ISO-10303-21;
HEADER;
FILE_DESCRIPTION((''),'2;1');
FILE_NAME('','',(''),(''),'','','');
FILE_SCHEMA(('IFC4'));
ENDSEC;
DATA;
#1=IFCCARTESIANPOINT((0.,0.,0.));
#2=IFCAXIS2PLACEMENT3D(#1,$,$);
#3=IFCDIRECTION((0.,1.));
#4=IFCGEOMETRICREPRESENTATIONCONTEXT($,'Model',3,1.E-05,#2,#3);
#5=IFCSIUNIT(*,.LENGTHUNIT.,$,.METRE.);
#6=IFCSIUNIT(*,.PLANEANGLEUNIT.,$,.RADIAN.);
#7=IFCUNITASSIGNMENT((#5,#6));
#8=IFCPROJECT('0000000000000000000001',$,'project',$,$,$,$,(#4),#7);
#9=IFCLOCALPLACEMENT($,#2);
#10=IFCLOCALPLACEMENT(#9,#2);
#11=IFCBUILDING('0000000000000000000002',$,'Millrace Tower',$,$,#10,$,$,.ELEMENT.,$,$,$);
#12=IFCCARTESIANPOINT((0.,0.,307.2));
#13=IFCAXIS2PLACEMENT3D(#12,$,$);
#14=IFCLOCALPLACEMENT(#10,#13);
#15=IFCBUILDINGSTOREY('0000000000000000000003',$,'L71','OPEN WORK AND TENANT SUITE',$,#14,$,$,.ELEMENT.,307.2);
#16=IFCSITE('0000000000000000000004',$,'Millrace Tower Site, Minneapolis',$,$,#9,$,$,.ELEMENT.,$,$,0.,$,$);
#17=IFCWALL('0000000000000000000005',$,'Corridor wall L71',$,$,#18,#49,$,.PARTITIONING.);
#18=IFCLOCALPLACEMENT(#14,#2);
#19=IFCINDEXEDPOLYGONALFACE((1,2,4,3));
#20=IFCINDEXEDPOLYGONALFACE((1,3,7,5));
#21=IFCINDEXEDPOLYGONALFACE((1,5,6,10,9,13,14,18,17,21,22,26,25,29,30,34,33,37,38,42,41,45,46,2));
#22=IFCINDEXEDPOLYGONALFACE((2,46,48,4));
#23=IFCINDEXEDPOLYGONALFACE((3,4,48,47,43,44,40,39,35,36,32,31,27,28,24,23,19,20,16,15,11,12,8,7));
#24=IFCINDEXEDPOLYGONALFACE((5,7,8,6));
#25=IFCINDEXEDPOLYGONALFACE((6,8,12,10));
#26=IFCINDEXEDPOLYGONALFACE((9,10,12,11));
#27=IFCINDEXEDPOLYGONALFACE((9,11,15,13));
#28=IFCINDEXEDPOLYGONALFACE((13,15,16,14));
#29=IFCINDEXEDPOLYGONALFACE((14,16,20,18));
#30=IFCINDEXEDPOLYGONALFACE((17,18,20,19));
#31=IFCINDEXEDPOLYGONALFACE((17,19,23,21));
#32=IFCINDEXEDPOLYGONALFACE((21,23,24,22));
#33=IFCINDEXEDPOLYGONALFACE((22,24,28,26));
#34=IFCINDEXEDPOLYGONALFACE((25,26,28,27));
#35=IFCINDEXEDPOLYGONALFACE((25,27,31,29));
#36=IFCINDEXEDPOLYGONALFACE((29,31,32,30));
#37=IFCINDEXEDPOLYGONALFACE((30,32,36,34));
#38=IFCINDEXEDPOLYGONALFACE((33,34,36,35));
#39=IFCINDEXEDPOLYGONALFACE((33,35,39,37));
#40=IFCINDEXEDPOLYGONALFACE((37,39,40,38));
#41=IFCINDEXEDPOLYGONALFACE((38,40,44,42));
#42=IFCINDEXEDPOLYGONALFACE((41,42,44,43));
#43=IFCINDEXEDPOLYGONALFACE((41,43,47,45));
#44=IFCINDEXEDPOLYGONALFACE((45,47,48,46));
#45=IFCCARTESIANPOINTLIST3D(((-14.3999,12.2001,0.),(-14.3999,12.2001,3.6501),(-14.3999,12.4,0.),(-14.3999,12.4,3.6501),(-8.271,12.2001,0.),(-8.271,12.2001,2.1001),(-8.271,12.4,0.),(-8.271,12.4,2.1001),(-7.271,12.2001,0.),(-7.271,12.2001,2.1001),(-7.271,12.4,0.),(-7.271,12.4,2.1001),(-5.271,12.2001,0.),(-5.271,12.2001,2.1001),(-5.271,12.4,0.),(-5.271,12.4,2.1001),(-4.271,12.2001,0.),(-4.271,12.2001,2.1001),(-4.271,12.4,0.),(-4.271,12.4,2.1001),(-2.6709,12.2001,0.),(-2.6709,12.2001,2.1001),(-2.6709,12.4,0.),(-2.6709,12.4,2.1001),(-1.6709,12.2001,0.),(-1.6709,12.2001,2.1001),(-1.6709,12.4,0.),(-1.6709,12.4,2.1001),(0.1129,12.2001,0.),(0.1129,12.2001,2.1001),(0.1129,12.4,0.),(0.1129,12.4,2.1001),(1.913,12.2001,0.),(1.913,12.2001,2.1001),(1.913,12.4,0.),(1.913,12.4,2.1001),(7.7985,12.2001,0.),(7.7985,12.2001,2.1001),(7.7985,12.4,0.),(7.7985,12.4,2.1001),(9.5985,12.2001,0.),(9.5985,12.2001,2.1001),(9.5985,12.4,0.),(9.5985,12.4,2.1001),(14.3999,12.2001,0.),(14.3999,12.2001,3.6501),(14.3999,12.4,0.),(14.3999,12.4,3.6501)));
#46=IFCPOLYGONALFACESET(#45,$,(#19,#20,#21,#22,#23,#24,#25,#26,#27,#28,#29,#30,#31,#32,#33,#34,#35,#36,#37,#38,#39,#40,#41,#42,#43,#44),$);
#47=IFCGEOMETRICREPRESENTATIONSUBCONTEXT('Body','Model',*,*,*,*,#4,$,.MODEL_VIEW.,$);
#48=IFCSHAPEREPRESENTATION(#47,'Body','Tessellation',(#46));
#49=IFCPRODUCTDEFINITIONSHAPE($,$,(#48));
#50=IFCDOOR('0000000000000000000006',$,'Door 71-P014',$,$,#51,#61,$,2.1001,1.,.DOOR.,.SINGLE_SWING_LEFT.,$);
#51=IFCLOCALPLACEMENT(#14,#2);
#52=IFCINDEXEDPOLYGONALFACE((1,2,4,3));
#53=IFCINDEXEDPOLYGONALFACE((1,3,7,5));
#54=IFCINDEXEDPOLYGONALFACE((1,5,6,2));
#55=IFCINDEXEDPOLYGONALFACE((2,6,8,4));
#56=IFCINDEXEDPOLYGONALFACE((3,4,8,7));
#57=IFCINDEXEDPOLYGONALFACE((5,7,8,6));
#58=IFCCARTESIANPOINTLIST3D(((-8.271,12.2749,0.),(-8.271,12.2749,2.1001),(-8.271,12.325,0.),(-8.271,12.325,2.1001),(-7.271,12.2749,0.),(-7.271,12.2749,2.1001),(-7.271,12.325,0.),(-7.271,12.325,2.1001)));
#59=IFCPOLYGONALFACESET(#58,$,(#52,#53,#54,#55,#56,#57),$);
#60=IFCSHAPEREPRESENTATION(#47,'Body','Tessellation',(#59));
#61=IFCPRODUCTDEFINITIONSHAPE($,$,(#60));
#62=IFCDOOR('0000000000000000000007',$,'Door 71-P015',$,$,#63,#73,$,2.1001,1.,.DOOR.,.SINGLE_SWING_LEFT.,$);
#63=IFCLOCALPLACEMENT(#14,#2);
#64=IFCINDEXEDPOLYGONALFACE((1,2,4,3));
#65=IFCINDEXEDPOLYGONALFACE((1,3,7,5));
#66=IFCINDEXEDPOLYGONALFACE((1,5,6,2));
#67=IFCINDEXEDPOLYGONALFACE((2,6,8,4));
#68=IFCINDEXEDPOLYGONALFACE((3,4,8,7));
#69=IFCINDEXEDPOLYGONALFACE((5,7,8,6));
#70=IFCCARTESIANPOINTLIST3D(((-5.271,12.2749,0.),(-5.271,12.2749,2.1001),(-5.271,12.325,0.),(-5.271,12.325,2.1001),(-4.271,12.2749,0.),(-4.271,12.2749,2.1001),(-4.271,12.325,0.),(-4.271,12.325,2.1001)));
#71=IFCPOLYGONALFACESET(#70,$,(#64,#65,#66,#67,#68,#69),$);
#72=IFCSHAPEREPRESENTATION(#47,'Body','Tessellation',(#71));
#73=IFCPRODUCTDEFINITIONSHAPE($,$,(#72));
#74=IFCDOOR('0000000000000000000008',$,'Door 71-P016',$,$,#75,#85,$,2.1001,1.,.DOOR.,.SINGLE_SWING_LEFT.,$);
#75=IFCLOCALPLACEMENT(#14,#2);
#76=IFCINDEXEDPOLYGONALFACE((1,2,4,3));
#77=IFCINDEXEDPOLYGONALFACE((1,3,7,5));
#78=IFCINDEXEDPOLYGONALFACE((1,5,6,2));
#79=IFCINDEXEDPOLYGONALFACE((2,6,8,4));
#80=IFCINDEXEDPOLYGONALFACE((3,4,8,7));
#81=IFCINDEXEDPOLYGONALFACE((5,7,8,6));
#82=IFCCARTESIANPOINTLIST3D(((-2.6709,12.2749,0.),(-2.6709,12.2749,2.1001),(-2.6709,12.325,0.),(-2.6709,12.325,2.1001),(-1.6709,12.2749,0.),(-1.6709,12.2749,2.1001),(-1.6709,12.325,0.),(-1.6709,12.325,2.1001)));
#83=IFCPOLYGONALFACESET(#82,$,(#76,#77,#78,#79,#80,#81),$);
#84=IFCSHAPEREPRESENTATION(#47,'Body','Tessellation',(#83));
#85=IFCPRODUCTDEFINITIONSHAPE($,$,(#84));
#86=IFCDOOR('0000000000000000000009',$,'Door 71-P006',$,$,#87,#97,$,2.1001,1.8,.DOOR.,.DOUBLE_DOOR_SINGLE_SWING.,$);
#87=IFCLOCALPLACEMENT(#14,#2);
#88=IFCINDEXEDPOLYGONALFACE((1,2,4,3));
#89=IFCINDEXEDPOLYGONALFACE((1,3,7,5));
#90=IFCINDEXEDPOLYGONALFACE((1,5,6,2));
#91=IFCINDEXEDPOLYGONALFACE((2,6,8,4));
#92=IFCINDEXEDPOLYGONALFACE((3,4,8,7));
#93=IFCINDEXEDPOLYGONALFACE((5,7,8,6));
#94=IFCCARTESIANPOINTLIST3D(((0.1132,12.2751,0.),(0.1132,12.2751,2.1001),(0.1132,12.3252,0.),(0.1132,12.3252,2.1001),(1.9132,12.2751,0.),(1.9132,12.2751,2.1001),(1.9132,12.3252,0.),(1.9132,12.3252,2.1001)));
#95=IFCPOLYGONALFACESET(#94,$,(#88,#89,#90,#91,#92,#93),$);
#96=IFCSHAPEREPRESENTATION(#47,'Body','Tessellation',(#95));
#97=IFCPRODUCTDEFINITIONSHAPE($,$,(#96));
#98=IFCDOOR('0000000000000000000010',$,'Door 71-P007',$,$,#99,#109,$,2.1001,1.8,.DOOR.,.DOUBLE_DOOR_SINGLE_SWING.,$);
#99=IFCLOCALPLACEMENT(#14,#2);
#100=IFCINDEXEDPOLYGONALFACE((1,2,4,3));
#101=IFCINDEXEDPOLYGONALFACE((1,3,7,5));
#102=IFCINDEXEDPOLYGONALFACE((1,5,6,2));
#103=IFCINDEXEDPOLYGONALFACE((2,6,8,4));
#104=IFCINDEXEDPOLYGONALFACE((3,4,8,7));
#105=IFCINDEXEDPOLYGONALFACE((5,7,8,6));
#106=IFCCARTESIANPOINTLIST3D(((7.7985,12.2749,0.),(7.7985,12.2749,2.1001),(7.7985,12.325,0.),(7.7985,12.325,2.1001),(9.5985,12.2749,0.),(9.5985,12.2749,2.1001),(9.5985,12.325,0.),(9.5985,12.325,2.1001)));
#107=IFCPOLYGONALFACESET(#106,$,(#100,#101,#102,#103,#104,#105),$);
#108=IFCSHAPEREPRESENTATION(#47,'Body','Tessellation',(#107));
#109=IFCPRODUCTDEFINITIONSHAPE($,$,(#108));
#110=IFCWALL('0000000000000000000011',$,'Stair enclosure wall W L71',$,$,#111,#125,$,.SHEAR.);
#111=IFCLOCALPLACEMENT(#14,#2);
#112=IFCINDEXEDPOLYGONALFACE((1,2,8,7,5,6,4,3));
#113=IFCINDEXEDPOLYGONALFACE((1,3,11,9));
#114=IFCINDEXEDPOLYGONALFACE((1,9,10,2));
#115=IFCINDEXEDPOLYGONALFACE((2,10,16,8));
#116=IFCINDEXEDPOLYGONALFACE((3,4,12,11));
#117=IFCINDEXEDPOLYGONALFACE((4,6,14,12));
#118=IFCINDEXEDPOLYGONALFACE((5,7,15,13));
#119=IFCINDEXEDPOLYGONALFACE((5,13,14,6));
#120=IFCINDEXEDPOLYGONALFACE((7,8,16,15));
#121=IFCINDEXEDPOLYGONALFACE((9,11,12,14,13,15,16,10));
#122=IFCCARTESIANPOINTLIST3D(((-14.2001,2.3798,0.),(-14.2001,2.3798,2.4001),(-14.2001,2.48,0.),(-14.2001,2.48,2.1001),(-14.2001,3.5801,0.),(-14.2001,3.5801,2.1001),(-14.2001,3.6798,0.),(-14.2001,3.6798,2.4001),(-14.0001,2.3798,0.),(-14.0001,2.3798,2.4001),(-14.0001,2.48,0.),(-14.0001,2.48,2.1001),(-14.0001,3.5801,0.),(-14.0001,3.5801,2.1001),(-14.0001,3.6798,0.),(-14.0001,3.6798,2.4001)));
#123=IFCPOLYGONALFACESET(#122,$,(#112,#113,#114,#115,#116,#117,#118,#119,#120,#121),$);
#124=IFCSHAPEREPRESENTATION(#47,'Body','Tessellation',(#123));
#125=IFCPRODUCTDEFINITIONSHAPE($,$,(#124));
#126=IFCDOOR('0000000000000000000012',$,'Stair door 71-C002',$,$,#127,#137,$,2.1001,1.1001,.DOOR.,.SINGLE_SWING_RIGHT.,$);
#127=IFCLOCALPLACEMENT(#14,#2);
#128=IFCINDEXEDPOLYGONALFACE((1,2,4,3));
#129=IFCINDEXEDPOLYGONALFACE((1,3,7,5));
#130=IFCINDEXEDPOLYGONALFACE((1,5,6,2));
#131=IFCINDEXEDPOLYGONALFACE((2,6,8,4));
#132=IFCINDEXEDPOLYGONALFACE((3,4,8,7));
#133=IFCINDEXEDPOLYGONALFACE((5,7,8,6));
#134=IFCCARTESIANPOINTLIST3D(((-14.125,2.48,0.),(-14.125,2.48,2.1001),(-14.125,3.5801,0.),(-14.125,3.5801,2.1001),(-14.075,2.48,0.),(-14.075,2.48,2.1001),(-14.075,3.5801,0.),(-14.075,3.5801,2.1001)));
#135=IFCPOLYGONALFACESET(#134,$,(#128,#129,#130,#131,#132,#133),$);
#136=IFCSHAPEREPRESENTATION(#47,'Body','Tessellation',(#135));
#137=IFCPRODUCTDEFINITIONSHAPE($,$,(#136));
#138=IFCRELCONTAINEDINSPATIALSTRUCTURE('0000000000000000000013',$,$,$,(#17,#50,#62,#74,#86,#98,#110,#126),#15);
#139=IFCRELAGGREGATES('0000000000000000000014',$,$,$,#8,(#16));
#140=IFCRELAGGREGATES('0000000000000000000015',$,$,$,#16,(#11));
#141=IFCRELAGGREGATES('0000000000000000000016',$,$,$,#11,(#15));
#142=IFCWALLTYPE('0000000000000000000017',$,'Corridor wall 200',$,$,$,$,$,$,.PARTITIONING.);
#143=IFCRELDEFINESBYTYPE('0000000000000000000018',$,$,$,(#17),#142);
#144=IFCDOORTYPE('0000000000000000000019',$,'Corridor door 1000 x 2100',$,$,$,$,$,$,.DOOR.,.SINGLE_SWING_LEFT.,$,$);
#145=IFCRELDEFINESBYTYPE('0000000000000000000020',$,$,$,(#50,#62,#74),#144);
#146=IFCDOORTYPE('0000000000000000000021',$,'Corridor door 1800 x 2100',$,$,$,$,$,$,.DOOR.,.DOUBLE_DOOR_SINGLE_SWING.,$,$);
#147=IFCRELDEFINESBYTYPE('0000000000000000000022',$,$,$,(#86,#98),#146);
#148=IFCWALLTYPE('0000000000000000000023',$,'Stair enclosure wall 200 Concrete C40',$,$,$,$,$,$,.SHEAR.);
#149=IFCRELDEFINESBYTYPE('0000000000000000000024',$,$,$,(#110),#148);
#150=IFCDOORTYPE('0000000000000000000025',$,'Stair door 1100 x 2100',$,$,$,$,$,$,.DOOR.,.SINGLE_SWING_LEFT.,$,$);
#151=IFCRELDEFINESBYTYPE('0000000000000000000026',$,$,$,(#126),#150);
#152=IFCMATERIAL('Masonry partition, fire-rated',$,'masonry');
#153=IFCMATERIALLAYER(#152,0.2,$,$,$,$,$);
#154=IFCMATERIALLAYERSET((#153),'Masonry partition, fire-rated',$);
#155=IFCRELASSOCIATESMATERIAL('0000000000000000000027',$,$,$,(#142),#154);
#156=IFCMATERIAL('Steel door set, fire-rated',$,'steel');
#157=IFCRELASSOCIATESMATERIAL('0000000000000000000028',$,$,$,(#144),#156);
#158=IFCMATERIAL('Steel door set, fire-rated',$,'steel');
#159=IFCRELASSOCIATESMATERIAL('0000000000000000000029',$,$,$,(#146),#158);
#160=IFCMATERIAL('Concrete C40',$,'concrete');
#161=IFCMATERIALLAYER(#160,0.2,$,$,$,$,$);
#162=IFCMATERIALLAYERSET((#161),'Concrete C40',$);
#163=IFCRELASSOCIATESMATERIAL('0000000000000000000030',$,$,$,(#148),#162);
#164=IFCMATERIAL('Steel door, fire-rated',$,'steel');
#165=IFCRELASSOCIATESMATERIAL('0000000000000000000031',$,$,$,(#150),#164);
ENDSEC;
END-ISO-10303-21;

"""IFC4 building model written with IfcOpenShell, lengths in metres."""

from ifc_helpers import new_model, si_unit, direction, frame, frame_2d, origin, place, context, subcontext, project, spatial, rectangle, extrude, material, layer, layer_set, type_object, element, fill, save


model = new_model("IFC4")

# Units and contexts
model_context = context("Model", 3, precision=1e-05, world=origin(), true_north=direction((0.0, 1.0)))
body_context = subcontext(model_context, "Body", "Model", "MODEL_VIEW")
ifc_project = project(units=[si_unit("LENGTHUNIT", "METRE"), si_unit("PLANEANGLEUNIT", "RADIAN")], contexts=[model_context])

# Site, building, storey
site_placement = place(None, origin())
site = spatial("IfcSite", under=ifc_project, at=site_placement, Name="Millrace Tower Site, Minneapolis", CompositionType="ELEMENT", RefElevation=0.0)
building_placement = place(site_placement, origin())
building = spatial("IfcBuilding", under=site, at=building_placement, Name="Millrace Tower", CompositionType="ELEMENT")
storey_placement = place(building_placement, frame((0.0, 0.0, 307.2)))
storey = spatial("IfcBuildingStorey", under=building, at=storey_placement, Name="L71", Description="OPEN WORK AND TENANT SUITE", CompositionType="ELEMENT", Elevation=307.2)

# Wall, openings, doors
ifc_material_1 = material(Name="Masonry partition, fire-rated", Category="masonry")
ifc_layer_1 = layer(ifc_material_1, 0.2)
ifc_layer_set_1 = layer_set([ifc_layer_1], Name="Masonry partition, fire-rated")
wall_type_1 = type_object("IfcWallType", Name="Corridor wall 200", PredefinedType="PARTITIONING", material=ifc_layer_set_1)
wall_1_placement = place(storey_placement, frame((-14.3999, 12.3, 0.0), z_axis=(0.0, 0.0, 1.0), x_axis=(1.0, 0.0, 0.0)))
wall_1 = element("IfcWall", 1, at=wall_1_placement, inside=storey, type_object=wall_type_1, Name="Corridor wall L71", PredefinedType="PARTITIONING", context=body_context, shape_type="SweptSolid", body=[
    extrude(rectangle(XDim=28.7998, YDim=0.2, at=frame_2d((14.3999, 0.0))), origin(), (0.0, 0.0, 1.0), 3.6501),
])
opening_1_placement = place(wall_1_placement, frame((14.5129, 0.0, 0.0)))
opening_1 = element("IfcOpeningElement", 2, at=opening_1_placement, cuts=wall_1, PredefinedType="OPENING", context=body_context, shape_type="SweptSolid", body=[
    extrude(rectangle(XDim=1.8, YDim=2.1001, at=frame_2d((0.8999, 1.05))), frame((0.0, 0.1099, 0.0), z_axis=(0.0, -1.0, 0.0), x_axis=(1.0, 0.0, 0.0)), (0.0, 0.0, 1.0), 0.22),
])
opening_2_placement = place(wall_1_placement, frame((22.1985, 0.0, 0.0)))
opening_2 = element("IfcOpeningElement", 3, at=opening_2_placement, cuts=wall_1, PredefinedType="OPENING", context=body_context, shape_type="SweptSolid", body=[
    extrude(rectangle(XDim=1.8, YDim=2.1001, at=frame_2d((0.8999, 1.05))), frame((0.0, 0.1099, 0.0), z_axis=(0.0, -1.0, 0.0), x_axis=(1.0, 0.0, 0.0)), (0.0, 0.0, 1.0), 0.22),
])
opening_3_placement = place(wall_1_placement, frame((6.1289, 0.0, 0.0)))
opening_3 = element("IfcOpeningElement", 4, at=opening_3_placement, cuts=wall_1, PredefinedType="OPENING", context=body_context, shape_type="SweptSolid", body=[
    extrude(rectangle(XDim=1.0, YDim=2.1001, at=frame_2d((0.5, 1.05))), frame((0.0, 0.1099, 0.0), z_axis=(0.0, -1.0, 0.0), x_axis=(1.0, 0.0, 0.0)), (0.0, 0.0, 1.0), 0.22),
])
opening_4_placement = place(wall_1_placement, frame((9.1289, 0.0, 0.0)))
opening_4 = element("IfcOpeningElement", 5, at=opening_4_placement, cuts=wall_1, PredefinedType="OPENING", context=body_context, shape_type="SweptSolid", body=[
    extrude(rectangle(XDim=1.0, YDim=2.1001, at=frame_2d((0.5, 1.05))), frame((0.0, 0.1099, 0.0), z_axis=(0.0, -1.0, 0.0), x_axis=(1.0, 0.0, 0.0)), (0.0, 0.0, 1.0), 0.22),
])
opening_5_placement = place(wall_1_placement, frame((11.729, 0.0, 0.0)))
opening_5 = element("IfcOpeningElement", 6, at=opening_5_placement, cuts=wall_1, PredefinedType="OPENING", context=body_context, shape_type="SweptSolid", body=[
    extrude(rectangle(XDim=1.0, YDim=2.1001, at=frame_2d((0.5, 1.05))), frame((0.0, 0.1099, 0.0), z_axis=(0.0, -1.0, 0.0), x_axis=(1.0, 0.0, 0.0)), (0.0, 0.0, 1.0), 0.22),
])
ifc_material_2 = material(Name="Steel door set, fire-rated", Category="steel")
door_type_1 = type_object("IfcDoorType", Name="Corridor door 1000 x 2100", OperationType="SINGLE_SWING_LEFT", PredefinedType="DOOR", material=ifc_material_2)
door_1_placement = place(opening_3_placement, origin())
door_1 = element("IfcDoor", 7, at=door_1_placement, inside=storey, type_object=door_type_1, Name="Door 71-P014", OperationType="SINGLE_SWING_LEFT", OverallHeight=2.1001, OverallWidth=1.0, PredefinedType="DOOR", context=body_context, shape_type="SweptSolid", body=[
    extrude(rectangle(XDim=1.0, YDim=2.1001, at=frame_2d((0.5, 1.05))), frame((0.0, 0.0249, 0.0), z_axis=(0.0, -1.0, 0.0), x_axis=(1.0, 0.0, 0.0)), (0.0, 0.0, 1.0), 0.05),
])
fill(opening_3, door_1)
door_2_placement = place(opening_4_placement, origin())
door_2 = element("IfcDoor", 8, at=door_2_placement, inside=storey, type_object=door_type_1, Name="Door 71-P015", OperationType="SINGLE_SWING_LEFT", OverallHeight=2.1001, OverallWidth=1.0, PredefinedType="DOOR", context=body_context, shape_type="SweptSolid", body=[
    extrude(rectangle(XDim=1.0, YDim=2.1001, at=frame_2d((0.5, 1.05))), frame((0.0, 0.0249, 0.0), z_axis=(0.0, -1.0, 0.0), x_axis=(1.0, 0.0, 0.0)), (0.0, 0.0, 1.0), 0.05),
])
fill(opening_4, door_2)
door_3_placement = place(opening_5_placement, origin())
door_3 = element("IfcDoor", 9, at=door_3_placement, inside=storey, type_object=door_type_1, Name="Door 71-P016", OperationType="SINGLE_SWING_LEFT", OverallHeight=2.1001, OverallWidth=1.0, PredefinedType="DOOR", context=body_context, shape_type="SweptSolid", body=[
    extrude(rectangle(XDim=1.0, YDim=2.1001, at=frame_2d((0.5, 1.05))), frame((0.0, 0.0249, 0.0), z_axis=(0.0, -1.0, 0.0), x_axis=(1.0, 0.0, 0.0)), (0.0, 0.0, 1.0), 0.05),
])
fill(opening_5, door_3)
ifc_material_3 = material(Name="Steel door set, fire-rated", Category="steel")
door_type_2 = type_object("IfcDoorType", Name="Corridor door 1800 x 2100", OperationType="DOUBLE_DOOR_SINGLE_SWING", PredefinedType="DOOR", material=ifc_material_3)
door_4_placement = place(opening_1_placement, frame((1.8, 0.0, 0.0), z_axis=(0.0, 0.0, 1.0), x_axis=(-1.0, 0.0, 0.0)))
door_4 = element("IfcDoor", 10, at=door_4_placement, inside=storey, type_object=door_type_2, Name="Door 71-P006", OperationType="DOUBLE_DOOR_SINGLE_SWING", OverallHeight=2.1001, OverallWidth=1.8, PredefinedType="DOOR", context=body_context, shape_type="SweptSolid", body=[
    extrude(rectangle(XDim=1.8, YDim=2.1001, at=frame_2d((0.8999, 1.05))), frame((0.0, 0.0249, 0.0), z_axis=(0.0, -1.0, 0.0), x_axis=(1.0, 0.0, 0.0)), (0.0, 0.0, 1.0), 0.05),
])
fill(opening_1, door_4)
door_5_placement = place(opening_2_placement, origin())
door_5 = element("IfcDoor", 11, at=door_5_placement, inside=storey, type_object=door_type_2, Name="Door 71-P007", OperationType="DOUBLE_DOOR_SINGLE_SWING", OverallHeight=2.1001, OverallWidth=1.8, PredefinedType="DOOR", context=body_context, shape_type="SweptSolid", body=[
    extrude(rectangle(XDim=1.8, YDim=2.1001, at=frame_2d((0.8999, 1.05))), frame((0.0, 0.0249, 0.0), z_axis=(0.0, -1.0, 0.0), x_axis=(1.0, 0.0, 0.0)), (0.0, 0.0, 1.0), 0.05),
])
fill(opening_2, door_5)

# Wall, opening, door
ifc_material_4 = material(Name="Concrete C40", Category="concrete")
ifc_layer_2 = layer(ifc_material_4, 0.2)
ifc_layer_set_2 = layer_set([ifc_layer_2], Name="Concrete C40")
wall_type_2 = type_object("IfcWallType", Name="Stair enclosure wall 200 Concrete C40", PredefinedType="SHEAR", material=ifc_layer_set_2)
wall_2_placement = place(storey_placement, frame((-14.1001, 2.3799, 0.0), z_axis=(0.0, 0.0, 1.0), x_axis=(0.0, 1.0, 0.0)))
wall_2 = element("IfcWall", 12, at=wall_2_placement, inside=storey, type_object=wall_type_2, Name="Stair enclosure wall W L71", PredefinedType="SHEAR", context=body_context, shape_type="SweptSolid", body=[
    extrude(rectangle(XDim=1.3, YDim=0.2, at=frame_2d((0.6499, 0.0))), origin(), (0.0, 0.0, 1.0), 2.4001),
])
opening_6_placement = place(wall_2_placement, frame((0.1001, 0.0, 0.0)))
opening_6 = element("IfcOpeningElement", 13, at=opening_6_placement, cuts=wall_2, PredefinedType="OPENING", context=body_context, shape_type="SweptSolid", body=[
    extrude(rectangle(XDim=1.1001, YDim=2.1001, at=frame_2d((0.55, 1.05))), frame((0.0, 0.1099, 0.0), z_axis=(0.0, -1.0, 0.0), x_axis=(1.0, 0.0, 0.0)), (0.0, 0.0, 1.0), 0.22),
])
ifc_material_5 = material(Name="Steel door, fire-rated", Category="steel")
door_type_3 = type_object("IfcDoorType", Name="Stair door 1100 x 2100", OperationType="SINGLE_SWING_LEFT", PredefinedType="DOOR", material=ifc_material_5)
door_6_placement = place(opening_6_placement, origin())
door_6 = element("IfcDoor", 14, at=door_6_placement, inside=storey, type_object=door_type_3, Name="Stair door 71-C002", OperationType="SINGLE_SWING_RIGHT", OverallHeight=2.1001, OverallWidth=1.1001, PredefinedType="DOOR", context=body_context, shape_type="SweptSolid", body=[
    extrude(rectangle(XDim=1.1001, YDim=2.1001, at=frame_2d((0.55, 1.05))), frame((0.0, 0.0249, 0.0), z_axis=(0.0, -1.0, 0.0), x_axis=(1.0, 0.0, 0.0)), (0.0, 0.0, 1.0), 0.05),
])
fill(opening_6, door_6)

save(model, "model.ifc")
